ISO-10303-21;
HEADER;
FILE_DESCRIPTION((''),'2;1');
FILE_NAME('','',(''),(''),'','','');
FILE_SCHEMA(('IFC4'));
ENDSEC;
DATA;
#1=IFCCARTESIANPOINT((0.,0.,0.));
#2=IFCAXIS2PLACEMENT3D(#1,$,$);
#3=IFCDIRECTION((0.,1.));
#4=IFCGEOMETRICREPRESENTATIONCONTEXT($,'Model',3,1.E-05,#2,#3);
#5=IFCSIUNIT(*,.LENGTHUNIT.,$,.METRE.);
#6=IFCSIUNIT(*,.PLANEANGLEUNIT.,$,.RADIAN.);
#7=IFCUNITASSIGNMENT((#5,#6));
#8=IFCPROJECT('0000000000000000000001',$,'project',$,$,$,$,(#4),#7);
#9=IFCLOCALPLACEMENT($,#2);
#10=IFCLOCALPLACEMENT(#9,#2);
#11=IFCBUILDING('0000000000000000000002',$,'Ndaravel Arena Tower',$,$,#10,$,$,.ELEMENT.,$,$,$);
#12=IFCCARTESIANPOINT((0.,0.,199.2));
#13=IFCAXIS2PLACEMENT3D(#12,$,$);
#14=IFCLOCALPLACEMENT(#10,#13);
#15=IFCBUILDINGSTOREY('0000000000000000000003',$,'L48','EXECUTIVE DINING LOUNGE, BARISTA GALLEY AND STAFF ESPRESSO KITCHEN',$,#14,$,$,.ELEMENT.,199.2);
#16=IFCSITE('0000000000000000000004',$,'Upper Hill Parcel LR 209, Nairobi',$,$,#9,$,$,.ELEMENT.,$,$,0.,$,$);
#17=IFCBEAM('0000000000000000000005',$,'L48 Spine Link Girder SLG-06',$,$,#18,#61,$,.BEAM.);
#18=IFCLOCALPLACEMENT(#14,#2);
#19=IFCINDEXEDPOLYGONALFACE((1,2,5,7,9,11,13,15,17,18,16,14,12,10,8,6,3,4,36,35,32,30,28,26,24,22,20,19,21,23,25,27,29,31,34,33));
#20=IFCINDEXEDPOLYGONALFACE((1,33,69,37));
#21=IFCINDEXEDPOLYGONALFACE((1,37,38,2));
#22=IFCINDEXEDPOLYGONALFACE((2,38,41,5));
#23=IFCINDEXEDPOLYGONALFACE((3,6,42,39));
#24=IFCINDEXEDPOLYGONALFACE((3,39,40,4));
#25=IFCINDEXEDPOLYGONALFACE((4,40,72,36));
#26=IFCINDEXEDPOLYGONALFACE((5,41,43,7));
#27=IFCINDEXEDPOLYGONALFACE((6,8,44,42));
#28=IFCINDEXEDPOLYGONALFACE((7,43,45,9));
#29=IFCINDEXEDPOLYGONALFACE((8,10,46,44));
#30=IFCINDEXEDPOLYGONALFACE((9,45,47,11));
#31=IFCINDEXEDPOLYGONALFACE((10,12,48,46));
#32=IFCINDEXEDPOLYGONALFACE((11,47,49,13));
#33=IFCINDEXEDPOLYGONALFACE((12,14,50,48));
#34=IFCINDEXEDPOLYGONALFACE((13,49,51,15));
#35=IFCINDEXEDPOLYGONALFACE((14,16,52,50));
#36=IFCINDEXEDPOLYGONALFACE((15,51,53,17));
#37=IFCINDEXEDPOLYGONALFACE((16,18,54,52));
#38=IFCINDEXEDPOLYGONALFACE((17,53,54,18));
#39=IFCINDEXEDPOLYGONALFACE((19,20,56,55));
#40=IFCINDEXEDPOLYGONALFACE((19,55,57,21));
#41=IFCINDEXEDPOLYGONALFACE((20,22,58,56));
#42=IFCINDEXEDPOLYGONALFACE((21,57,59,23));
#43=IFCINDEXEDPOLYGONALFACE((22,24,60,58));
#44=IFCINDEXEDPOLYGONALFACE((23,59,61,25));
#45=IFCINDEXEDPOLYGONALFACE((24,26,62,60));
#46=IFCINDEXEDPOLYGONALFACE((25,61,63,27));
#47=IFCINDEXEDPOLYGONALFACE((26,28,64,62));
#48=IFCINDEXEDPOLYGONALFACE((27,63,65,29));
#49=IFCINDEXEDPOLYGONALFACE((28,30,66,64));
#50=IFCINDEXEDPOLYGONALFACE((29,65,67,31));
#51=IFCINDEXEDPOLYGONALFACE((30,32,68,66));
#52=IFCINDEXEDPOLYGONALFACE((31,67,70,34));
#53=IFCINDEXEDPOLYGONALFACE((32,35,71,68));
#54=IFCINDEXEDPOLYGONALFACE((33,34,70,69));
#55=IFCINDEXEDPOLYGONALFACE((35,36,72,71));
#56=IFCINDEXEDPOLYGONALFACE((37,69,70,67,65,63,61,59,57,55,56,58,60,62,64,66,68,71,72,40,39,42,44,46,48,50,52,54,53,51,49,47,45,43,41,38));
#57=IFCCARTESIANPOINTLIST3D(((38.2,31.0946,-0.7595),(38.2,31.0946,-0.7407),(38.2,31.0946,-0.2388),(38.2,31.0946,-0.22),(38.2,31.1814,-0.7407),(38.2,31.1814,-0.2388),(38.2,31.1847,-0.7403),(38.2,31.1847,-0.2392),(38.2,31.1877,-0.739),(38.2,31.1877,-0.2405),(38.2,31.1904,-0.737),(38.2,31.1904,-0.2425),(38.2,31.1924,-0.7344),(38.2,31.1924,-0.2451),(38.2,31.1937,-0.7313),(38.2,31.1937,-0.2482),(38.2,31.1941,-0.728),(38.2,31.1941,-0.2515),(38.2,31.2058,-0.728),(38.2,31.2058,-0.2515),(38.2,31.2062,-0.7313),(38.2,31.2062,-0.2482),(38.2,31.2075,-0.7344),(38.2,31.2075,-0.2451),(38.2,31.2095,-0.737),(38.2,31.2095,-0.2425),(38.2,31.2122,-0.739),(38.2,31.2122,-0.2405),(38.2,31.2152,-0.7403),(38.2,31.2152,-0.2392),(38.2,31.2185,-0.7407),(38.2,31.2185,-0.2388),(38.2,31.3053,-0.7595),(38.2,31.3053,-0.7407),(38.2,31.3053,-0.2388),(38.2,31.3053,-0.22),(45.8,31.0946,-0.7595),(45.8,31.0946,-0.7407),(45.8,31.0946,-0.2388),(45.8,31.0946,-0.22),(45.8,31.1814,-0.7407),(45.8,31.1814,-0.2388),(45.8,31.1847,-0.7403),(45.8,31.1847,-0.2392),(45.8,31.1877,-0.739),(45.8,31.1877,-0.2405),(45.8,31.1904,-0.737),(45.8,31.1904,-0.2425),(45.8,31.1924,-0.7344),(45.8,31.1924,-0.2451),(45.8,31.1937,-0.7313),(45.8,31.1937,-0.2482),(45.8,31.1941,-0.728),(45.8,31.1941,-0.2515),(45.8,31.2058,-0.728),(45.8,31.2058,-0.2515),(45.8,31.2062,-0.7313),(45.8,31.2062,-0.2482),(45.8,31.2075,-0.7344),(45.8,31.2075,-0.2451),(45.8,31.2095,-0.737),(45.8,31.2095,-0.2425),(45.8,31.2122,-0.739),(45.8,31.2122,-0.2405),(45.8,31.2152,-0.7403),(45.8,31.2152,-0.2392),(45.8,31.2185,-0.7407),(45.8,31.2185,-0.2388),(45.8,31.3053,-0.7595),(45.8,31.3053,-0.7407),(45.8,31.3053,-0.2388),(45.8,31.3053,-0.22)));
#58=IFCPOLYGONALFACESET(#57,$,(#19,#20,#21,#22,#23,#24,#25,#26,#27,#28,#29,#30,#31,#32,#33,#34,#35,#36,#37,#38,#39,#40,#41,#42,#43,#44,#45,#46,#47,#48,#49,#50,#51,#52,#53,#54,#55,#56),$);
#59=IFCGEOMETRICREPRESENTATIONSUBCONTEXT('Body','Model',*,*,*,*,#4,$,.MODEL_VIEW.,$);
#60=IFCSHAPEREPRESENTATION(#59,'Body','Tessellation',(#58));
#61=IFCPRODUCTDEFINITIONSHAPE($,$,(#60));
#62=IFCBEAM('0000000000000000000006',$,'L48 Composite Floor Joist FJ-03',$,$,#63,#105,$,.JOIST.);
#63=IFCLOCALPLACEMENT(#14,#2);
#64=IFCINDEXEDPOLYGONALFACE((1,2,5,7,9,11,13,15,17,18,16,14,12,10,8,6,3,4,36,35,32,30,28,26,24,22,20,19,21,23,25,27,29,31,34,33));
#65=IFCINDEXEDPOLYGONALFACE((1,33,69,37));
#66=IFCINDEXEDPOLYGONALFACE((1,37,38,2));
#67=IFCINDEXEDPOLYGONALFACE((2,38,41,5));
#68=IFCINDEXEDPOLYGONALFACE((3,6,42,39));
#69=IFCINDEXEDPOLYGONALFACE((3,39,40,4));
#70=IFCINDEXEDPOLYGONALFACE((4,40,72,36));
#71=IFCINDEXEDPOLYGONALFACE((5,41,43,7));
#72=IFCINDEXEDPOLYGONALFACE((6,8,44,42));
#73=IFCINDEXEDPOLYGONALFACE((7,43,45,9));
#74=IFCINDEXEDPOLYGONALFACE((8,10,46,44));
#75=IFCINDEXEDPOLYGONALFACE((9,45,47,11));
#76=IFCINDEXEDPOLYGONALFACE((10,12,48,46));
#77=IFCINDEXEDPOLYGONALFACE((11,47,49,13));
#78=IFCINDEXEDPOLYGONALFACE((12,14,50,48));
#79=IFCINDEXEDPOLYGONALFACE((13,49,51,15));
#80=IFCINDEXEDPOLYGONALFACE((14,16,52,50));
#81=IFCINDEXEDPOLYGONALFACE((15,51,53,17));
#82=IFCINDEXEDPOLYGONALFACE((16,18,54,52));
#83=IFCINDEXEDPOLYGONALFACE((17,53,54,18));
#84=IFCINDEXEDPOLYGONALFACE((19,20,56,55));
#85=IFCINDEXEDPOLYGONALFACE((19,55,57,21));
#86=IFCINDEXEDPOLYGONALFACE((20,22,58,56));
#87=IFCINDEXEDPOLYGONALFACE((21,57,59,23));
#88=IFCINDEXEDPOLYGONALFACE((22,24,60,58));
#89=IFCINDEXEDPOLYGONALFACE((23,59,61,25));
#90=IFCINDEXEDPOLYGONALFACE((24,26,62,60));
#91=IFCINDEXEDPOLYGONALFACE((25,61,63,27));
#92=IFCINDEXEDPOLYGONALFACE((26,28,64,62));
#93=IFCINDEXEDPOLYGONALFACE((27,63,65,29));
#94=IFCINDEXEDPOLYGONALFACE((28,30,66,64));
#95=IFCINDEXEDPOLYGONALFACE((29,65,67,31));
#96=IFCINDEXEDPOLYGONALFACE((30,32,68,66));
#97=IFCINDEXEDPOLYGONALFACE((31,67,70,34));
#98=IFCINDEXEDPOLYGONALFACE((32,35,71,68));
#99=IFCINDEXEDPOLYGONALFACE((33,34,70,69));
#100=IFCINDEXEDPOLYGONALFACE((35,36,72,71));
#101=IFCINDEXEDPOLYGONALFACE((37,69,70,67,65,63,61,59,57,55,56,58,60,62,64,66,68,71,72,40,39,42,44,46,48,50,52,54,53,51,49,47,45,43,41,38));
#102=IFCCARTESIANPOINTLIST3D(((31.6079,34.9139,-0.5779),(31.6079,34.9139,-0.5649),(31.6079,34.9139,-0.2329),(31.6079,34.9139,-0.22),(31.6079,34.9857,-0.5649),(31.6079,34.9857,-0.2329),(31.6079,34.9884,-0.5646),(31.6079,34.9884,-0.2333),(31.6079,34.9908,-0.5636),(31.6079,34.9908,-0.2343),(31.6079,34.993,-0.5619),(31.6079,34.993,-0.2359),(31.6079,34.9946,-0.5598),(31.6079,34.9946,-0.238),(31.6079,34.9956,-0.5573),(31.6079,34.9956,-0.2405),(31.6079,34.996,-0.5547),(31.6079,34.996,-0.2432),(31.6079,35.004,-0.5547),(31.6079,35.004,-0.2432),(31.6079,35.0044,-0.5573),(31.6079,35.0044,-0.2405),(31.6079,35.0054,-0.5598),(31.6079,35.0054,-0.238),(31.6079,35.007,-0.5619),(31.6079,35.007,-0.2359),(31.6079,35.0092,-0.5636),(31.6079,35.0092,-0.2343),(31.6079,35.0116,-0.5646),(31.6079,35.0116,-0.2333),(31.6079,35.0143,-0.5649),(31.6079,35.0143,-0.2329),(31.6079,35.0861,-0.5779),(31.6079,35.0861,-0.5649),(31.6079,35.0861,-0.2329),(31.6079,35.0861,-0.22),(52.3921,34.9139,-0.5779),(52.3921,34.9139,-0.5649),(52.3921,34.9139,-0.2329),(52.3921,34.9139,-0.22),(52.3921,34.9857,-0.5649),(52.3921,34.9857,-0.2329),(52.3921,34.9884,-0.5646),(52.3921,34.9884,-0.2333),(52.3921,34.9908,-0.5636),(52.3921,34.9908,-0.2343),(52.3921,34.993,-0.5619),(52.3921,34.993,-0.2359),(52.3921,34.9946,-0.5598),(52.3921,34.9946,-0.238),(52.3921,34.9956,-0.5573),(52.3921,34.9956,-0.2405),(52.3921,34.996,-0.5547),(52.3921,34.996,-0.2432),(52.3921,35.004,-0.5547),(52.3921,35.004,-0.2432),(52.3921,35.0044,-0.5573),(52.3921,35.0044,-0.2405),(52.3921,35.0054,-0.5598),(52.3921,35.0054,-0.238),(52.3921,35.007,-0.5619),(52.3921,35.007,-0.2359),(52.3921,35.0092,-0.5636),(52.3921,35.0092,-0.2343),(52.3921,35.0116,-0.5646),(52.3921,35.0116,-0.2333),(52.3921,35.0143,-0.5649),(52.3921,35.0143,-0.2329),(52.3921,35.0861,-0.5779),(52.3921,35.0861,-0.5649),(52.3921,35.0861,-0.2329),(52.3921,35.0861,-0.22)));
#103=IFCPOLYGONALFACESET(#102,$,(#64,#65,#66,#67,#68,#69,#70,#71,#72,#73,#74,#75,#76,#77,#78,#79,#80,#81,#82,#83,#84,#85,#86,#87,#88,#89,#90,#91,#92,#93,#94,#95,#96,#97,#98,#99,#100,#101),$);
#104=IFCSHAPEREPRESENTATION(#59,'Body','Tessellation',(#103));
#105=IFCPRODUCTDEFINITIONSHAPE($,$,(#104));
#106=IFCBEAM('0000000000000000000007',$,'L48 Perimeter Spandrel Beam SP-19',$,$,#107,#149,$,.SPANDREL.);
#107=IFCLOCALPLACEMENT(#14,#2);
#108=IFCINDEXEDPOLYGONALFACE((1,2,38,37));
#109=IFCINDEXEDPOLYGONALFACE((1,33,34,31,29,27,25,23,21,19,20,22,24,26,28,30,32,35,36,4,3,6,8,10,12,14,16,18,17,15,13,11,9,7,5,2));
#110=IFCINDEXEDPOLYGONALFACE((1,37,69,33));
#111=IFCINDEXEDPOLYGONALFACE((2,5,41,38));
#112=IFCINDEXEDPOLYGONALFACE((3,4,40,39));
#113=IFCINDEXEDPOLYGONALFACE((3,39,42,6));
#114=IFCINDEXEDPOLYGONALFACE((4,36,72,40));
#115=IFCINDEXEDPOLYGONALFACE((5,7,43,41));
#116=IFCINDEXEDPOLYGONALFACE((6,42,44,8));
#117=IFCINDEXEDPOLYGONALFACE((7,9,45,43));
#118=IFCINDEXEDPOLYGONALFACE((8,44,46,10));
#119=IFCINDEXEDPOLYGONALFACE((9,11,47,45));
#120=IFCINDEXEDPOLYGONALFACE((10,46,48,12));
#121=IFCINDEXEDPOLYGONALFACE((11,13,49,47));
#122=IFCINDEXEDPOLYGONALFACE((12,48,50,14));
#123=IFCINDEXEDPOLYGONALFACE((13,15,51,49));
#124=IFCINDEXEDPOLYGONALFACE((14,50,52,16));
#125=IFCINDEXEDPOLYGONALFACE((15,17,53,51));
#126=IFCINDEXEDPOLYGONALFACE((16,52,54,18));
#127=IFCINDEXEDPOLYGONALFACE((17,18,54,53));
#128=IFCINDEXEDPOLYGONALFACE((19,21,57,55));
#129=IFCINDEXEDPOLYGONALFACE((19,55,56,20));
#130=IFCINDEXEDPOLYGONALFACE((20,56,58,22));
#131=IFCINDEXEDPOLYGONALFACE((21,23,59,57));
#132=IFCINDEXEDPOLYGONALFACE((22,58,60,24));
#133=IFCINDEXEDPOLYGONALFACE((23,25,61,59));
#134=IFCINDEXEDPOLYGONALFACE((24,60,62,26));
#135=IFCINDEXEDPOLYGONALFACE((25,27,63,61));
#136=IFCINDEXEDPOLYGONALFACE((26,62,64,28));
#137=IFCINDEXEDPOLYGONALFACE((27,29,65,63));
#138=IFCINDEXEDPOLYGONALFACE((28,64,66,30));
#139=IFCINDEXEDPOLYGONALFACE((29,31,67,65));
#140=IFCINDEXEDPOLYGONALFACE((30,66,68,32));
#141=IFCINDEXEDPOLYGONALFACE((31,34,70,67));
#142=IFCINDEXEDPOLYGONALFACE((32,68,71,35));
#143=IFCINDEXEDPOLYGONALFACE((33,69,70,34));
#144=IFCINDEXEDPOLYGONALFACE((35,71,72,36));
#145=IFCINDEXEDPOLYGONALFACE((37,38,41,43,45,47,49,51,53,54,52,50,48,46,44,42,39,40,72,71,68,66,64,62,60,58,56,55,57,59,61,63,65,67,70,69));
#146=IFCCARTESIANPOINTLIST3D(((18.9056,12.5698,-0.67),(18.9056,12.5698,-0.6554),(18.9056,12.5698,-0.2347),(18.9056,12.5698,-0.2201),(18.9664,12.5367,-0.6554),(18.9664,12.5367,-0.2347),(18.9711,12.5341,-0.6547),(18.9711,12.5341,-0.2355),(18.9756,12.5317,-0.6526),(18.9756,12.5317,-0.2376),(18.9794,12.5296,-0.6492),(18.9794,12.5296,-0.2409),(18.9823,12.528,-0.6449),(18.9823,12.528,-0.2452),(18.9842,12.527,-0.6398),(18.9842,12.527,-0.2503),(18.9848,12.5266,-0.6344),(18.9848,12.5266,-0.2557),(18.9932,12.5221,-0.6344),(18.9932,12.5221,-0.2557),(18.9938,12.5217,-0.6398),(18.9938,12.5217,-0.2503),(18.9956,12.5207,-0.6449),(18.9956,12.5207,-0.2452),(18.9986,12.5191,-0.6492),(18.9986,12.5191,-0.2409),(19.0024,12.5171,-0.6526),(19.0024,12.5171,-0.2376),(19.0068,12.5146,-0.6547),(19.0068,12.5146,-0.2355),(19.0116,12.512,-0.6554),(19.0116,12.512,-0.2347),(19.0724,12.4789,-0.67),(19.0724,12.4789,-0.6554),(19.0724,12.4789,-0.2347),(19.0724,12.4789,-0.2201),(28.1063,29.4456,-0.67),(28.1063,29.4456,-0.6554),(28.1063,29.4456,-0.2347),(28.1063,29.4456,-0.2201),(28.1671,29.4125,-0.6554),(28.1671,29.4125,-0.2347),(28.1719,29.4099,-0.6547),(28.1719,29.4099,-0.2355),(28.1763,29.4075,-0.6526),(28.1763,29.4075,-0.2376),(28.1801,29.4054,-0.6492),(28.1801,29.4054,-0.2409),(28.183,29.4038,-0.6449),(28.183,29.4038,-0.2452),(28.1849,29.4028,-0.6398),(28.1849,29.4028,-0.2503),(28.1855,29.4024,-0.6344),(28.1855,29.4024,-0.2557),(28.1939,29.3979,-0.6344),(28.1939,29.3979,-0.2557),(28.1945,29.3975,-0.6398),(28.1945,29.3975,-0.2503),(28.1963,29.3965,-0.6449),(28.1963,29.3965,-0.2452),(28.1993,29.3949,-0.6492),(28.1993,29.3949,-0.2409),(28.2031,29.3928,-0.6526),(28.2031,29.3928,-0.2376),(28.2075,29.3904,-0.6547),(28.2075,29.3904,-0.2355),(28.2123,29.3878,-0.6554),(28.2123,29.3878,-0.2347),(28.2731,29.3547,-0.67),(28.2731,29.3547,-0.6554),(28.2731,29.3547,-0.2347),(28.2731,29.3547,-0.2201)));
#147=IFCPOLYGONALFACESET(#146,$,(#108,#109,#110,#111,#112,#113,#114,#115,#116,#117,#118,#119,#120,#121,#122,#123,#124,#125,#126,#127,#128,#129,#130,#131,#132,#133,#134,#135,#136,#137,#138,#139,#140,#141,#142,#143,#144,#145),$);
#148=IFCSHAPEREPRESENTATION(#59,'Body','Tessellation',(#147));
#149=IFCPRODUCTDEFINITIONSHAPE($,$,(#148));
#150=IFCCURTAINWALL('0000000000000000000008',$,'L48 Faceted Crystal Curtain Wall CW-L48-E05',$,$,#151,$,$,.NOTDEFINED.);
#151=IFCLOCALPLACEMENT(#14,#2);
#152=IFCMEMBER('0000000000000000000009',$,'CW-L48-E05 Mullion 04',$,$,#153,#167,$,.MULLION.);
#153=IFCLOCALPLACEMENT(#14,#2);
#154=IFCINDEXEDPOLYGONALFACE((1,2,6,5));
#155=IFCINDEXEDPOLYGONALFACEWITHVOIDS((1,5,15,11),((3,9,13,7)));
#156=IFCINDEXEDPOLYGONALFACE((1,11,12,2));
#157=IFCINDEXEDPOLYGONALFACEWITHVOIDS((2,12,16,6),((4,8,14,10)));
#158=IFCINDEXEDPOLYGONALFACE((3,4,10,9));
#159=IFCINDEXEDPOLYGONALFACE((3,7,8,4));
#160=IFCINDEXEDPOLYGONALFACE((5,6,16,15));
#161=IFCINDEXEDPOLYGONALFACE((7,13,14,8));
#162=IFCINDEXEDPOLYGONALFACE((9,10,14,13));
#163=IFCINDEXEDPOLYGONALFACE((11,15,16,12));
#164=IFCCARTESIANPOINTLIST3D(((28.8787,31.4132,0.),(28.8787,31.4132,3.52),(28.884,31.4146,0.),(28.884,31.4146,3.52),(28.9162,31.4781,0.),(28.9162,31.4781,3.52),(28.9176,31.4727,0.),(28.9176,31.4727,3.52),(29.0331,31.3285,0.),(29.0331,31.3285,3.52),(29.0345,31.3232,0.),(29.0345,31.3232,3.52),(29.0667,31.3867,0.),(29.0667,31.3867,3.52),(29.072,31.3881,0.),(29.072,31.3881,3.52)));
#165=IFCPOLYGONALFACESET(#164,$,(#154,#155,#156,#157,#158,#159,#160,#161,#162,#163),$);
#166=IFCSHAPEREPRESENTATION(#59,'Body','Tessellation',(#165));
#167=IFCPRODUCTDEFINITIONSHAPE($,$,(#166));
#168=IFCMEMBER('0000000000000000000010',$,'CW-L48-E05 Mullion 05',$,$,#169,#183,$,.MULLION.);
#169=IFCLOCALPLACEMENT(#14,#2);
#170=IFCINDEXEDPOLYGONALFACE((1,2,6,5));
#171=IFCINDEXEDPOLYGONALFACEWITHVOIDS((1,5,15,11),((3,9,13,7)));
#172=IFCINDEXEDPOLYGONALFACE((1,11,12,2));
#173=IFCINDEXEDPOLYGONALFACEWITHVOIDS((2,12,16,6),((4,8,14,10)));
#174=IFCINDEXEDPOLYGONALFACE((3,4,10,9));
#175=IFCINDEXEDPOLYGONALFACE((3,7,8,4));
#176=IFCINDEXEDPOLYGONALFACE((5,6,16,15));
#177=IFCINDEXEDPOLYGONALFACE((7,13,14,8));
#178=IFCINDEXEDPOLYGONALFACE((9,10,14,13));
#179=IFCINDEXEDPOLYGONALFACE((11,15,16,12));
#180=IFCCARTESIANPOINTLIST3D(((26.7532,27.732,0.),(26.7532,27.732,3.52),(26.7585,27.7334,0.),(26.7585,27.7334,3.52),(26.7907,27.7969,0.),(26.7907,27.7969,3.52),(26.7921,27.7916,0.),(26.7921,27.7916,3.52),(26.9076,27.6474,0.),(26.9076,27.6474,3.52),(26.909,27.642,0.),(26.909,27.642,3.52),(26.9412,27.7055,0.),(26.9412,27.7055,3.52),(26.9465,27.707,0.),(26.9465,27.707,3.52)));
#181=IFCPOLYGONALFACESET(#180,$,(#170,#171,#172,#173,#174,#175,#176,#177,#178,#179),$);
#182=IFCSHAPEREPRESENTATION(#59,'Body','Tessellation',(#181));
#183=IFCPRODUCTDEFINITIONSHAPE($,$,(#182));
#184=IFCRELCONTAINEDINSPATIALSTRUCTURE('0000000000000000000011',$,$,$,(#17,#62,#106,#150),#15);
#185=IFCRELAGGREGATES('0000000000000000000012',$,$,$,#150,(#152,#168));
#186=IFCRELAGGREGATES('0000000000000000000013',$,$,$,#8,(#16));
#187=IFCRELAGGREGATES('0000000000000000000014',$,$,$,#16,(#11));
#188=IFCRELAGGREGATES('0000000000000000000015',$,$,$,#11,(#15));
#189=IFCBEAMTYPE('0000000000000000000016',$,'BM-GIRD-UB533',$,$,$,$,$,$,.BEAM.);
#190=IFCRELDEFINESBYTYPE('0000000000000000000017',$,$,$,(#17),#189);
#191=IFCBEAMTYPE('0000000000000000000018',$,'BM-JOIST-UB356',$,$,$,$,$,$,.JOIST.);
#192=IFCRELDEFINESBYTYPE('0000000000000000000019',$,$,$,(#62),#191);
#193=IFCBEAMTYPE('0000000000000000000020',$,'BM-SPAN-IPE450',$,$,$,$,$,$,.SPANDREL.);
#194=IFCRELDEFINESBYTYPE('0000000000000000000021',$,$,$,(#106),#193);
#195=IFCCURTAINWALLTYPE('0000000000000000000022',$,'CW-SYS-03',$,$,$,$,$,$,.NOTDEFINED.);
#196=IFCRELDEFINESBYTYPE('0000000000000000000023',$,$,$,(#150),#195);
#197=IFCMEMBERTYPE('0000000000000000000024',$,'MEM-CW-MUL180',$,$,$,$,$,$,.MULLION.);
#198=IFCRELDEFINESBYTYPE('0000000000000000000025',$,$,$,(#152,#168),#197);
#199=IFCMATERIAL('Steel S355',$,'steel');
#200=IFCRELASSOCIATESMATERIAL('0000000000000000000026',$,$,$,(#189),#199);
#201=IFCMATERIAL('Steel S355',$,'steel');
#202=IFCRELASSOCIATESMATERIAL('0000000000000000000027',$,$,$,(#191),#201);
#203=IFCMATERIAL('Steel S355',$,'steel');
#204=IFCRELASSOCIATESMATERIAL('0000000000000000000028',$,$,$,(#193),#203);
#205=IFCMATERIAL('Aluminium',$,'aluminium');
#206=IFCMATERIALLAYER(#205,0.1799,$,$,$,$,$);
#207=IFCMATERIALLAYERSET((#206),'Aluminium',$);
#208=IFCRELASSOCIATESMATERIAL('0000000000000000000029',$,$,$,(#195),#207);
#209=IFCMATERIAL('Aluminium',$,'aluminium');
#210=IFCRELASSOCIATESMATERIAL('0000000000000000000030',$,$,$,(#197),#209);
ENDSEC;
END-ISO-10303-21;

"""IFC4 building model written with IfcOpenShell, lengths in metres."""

from ifc_helpers import new_model, si_unit, direction, frame, origin, origin_2d, place, context, subcontext, project, spatial, hollow_rectangle, i_section, extrude, material, layer, layer_set, material_profile, profile_set, type_object, element, aggregate, save


model = new_model("IFC4")

# Units and contexts
model_context = context("Model", 3, precision=1e-05, world=origin(), true_north=direction((0.0, 1.0)))
body_context = subcontext(model_context, "Body", "Model", "MODEL_VIEW")
ifc_project = project(units=[si_unit("LENGTHUNIT", "METRE"), si_unit("PLANEANGLEUNIT", "RADIAN")], contexts=[model_context])

# Site, building, storey
site_placement = place(None, origin())
site = spatial("IfcSite", under=ifc_project, at=site_placement, Name="Upper Hill Parcel LR 209, Nairobi", CompositionType="ELEMENT", RefElevation=0.0)
building_placement = place(site_placement, origin())
building = spatial("IfcBuilding", under=site, at=building_placement, Name="Ndaravel Arena Tower", CompositionType="ELEMENT")
storey_placement = place(building_placement, frame((0.0, 0.0, 199.2)))
storey = spatial("IfcBuildingStorey", under=building, at=storey_placement, Name="L48", Description="EXECUTIVE DINING LOUNGE, BARISTA GALLEY AND STAFF ESPRESSO KITCHEN", CompositionType="ELEMENT", Elevation=199.2)

# Beams
ifc_material_1 = material(Name="Steel S355", Category="steel")
ifc_material_profile_1 = material_profile(ifc_material_1, i_section(OverallWidth=0.2107, OverallDepth=0.5396, WebThickness=0.0117, FlangeThickness=0.0188, FilletRadius=0.0127, at=origin_2d()), Name="UB 533x210x109")
ifc_profile_set_1 = profile_set([ifc_material_profile_1], Name="Steel S355")
beam_type_1 = type_object("IfcBeamType", Name="BM-GIRD-UB533", PredefinedType="BEAM", material=ifc_profile_set_1)
beam_1_placement = place(storey_placement, frame((38.2, 31.2, -0.4897), z_axis=(1.0, 0.0, 0.0), x_axis=(0.0, 1.0, 0.0)))
element("IfcBeam", 1, at=beam_1_placement, inside=storey, type_object=beam_type_1, Name="L48 Spine Link Girder SLG-06", PredefinedType="BEAM", context=body_context, shape_type="SweptSolid", body=[
    extrude(i_section(OverallWidth=0.2107, OverallDepth=0.5396, WebThickness=0.0117, FlangeThickness=0.0188, FilletRadius=0.0127, at=origin_2d()), origin(), (0.0, 0.0, 1.0), 7.6001),
])
ifc_material_2 = material(Name="Steel S355", Category="steel")
ifc_material_profile_2 = material_profile(ifc_material_2, i_section(OverallWidth=0.1721, OverallDepth=0.3579, WebThickness=0.0081, FlangeThickness=0.0129, FilletRadius=0.0103, at=origin_2d()), Name="UB 356x171x57")
ifc_profile_set_2 = profile_set([ifc_material_profile_2], Name="Steel S355")
beam_type_2 = type_object("IfcBeamType", Name="BM-JOIST-UB356", PredefinedType="JOIST", material=ifc_profile_set_2)
beam_2_placement = place(storey_placement, frame((31.6079, 35.0, -0.3989), z_axis=(1.0, 0.0, 0.0), x_axis=(0.0, 1.0, 0.0)))
element("IfcBeam", 2, at=beam_2_placement, inside=storey, type_object=beam_type_2, Name="L48 Composite Floor Joist FJ-03", PredefinedType="JOIST", context=body_context, shape_type="SweptSolid", body=[
    extrude(i_section(OverallWidth=0.1721, OverallDepth=0.3579, WebThickness=0.0081, FlangeThickness=0.0129, FilletRadius=0.0103, at=origin_2d()), origin(), (0.0, 0.0, 1.0), 20.7842),
])
ifc_material_3 = material(Name="Steel S355", Category="steel")
ifc_material_profile_3 = material_profile(ifc_material_3, i_section(OverallWidth=0.1899, OverallDepth=0.45, WebThickness=0.0095, FlangeThickness=0.0146, FilletRadius=0.021, at=origin_2d()), Name="IPE 450")
ifc_profile_set_3 = profile_set([ifc_material_profile_3], Name="Steel S355")
beam_type_3 = type_object("IfcBeamType", Name="BM-SPAN-IPE450", PredefinedType="SPANDREL", material=ifc_profile_set_3)
beam_3_placement = place(storey_placement, frame((28.1897, 29.4001, -0.4451), z_axis=(-0.478681, -0.877989, 0.0), x_axis=(0.877989, -0.478681, 0.0)))
element("IfcBeam", 3, at=beam_3_placement, inside=storey, type_object=beam_type_3, Name="L48 Perimeter Spandrel Beam SP-19", PredefinedType="SPANDREL", context=body_context, shape_type="SweptSolid", body=[
    extrude(i_section(OverallWidth=0.1899, OverallDepth=0.45, WebThickness=0.0095, FlangeThickness=0.0146, FilletRadius=0.021, at=origin_2d()), origin(), (0.0, 0.0, 1.0), 19.2209),
])

# Curtain wall, members
ifc_material_4 = material(Name="Aluminium", Category="aluminium")
ifc_layer_1 = layer(ifc_material_4, 0.1799)
ifc_layer_set_1 = layer_set([ifc_layer_1], Name="Aluminium")
curtain_wall_type = type_object("IfcCurtainWallType", Name="CW-SYS-03", PredefinedType="NOTDEFINED", material=ifc_layer_set_1)
curtain_wall_placement = place(storey_placement, origin())
curtain_wall = element("IfcCurtainWall", 4, at=curtain_wall_placement, inside=storey, type_object=curtain_wall_type, Name="L48 Faceted Crystal Curtain Wall CW-L48-E05", PredefinedType="NOTDEFINED")
ifc_material_5 = material(Name="Aluminium", Category="aluminium")
ifc_material_profile_4 = material_profile(ifc_material_5, hollow_rectangle(XDim=0.075, YDim=0.1799, WallThickness=0.0039, at=origin_2d()), Name="CW MULLION 75x180x4")
ifc_profile_set_4 = profile_set([ifc_material_profile_4], Name="Aluminium")
member_type = type_object("IfcMemberType", Name="MEM-CW-MUL180", PredefinedType="MULLION", material=ifc_profile_set_4)
member_1_placement = place(storey_placement, frame((28.9753, 31.4006, 0.0), z_axis=(0.0, 0.0, 1.0), x_axis=(-0.5, -0.866025, 0.0)))
member_1 = element("IfcMember", 5, at=member_1_placement, type_object=member_type, Name="CW-L48-E05 Mullion 04", PredefinedType="MULLION", context=body_context, shape_type="SweptSolid", body=[
    extrude(hollow_rectangle(XDim=0.075, YDim=0.1799, WallThickness=0.0039, at=origin_2d()), origin(), (0.0, 0.0, 1.0), 3.52),
])
member_2_placement = place(storey_placement, frame((26.8499, 27.7195, 0.0), z_axis=(0.0, 0.0, 1.0), x_axis=(-0.5, -0.866025, 0.0)))
member_2 = element("IfcMember", 6, at=member_2_placement, type_object=member_type, Name="CW-L48-E05 Mullion 05", PredefinedType="MULLION", context=body_context, shape_type="SweptSolid", body=[
    extrude(hollow_rectangle(XDim=0.075, YDim=0.1799, WallThickness=0.0039, at=origin_2d()), origin(), (0.0, 0.0, 1.0), 3.52),
])
aggregate(curtain_wall, [member_1, member_2])

save(model, "model.ifc")
